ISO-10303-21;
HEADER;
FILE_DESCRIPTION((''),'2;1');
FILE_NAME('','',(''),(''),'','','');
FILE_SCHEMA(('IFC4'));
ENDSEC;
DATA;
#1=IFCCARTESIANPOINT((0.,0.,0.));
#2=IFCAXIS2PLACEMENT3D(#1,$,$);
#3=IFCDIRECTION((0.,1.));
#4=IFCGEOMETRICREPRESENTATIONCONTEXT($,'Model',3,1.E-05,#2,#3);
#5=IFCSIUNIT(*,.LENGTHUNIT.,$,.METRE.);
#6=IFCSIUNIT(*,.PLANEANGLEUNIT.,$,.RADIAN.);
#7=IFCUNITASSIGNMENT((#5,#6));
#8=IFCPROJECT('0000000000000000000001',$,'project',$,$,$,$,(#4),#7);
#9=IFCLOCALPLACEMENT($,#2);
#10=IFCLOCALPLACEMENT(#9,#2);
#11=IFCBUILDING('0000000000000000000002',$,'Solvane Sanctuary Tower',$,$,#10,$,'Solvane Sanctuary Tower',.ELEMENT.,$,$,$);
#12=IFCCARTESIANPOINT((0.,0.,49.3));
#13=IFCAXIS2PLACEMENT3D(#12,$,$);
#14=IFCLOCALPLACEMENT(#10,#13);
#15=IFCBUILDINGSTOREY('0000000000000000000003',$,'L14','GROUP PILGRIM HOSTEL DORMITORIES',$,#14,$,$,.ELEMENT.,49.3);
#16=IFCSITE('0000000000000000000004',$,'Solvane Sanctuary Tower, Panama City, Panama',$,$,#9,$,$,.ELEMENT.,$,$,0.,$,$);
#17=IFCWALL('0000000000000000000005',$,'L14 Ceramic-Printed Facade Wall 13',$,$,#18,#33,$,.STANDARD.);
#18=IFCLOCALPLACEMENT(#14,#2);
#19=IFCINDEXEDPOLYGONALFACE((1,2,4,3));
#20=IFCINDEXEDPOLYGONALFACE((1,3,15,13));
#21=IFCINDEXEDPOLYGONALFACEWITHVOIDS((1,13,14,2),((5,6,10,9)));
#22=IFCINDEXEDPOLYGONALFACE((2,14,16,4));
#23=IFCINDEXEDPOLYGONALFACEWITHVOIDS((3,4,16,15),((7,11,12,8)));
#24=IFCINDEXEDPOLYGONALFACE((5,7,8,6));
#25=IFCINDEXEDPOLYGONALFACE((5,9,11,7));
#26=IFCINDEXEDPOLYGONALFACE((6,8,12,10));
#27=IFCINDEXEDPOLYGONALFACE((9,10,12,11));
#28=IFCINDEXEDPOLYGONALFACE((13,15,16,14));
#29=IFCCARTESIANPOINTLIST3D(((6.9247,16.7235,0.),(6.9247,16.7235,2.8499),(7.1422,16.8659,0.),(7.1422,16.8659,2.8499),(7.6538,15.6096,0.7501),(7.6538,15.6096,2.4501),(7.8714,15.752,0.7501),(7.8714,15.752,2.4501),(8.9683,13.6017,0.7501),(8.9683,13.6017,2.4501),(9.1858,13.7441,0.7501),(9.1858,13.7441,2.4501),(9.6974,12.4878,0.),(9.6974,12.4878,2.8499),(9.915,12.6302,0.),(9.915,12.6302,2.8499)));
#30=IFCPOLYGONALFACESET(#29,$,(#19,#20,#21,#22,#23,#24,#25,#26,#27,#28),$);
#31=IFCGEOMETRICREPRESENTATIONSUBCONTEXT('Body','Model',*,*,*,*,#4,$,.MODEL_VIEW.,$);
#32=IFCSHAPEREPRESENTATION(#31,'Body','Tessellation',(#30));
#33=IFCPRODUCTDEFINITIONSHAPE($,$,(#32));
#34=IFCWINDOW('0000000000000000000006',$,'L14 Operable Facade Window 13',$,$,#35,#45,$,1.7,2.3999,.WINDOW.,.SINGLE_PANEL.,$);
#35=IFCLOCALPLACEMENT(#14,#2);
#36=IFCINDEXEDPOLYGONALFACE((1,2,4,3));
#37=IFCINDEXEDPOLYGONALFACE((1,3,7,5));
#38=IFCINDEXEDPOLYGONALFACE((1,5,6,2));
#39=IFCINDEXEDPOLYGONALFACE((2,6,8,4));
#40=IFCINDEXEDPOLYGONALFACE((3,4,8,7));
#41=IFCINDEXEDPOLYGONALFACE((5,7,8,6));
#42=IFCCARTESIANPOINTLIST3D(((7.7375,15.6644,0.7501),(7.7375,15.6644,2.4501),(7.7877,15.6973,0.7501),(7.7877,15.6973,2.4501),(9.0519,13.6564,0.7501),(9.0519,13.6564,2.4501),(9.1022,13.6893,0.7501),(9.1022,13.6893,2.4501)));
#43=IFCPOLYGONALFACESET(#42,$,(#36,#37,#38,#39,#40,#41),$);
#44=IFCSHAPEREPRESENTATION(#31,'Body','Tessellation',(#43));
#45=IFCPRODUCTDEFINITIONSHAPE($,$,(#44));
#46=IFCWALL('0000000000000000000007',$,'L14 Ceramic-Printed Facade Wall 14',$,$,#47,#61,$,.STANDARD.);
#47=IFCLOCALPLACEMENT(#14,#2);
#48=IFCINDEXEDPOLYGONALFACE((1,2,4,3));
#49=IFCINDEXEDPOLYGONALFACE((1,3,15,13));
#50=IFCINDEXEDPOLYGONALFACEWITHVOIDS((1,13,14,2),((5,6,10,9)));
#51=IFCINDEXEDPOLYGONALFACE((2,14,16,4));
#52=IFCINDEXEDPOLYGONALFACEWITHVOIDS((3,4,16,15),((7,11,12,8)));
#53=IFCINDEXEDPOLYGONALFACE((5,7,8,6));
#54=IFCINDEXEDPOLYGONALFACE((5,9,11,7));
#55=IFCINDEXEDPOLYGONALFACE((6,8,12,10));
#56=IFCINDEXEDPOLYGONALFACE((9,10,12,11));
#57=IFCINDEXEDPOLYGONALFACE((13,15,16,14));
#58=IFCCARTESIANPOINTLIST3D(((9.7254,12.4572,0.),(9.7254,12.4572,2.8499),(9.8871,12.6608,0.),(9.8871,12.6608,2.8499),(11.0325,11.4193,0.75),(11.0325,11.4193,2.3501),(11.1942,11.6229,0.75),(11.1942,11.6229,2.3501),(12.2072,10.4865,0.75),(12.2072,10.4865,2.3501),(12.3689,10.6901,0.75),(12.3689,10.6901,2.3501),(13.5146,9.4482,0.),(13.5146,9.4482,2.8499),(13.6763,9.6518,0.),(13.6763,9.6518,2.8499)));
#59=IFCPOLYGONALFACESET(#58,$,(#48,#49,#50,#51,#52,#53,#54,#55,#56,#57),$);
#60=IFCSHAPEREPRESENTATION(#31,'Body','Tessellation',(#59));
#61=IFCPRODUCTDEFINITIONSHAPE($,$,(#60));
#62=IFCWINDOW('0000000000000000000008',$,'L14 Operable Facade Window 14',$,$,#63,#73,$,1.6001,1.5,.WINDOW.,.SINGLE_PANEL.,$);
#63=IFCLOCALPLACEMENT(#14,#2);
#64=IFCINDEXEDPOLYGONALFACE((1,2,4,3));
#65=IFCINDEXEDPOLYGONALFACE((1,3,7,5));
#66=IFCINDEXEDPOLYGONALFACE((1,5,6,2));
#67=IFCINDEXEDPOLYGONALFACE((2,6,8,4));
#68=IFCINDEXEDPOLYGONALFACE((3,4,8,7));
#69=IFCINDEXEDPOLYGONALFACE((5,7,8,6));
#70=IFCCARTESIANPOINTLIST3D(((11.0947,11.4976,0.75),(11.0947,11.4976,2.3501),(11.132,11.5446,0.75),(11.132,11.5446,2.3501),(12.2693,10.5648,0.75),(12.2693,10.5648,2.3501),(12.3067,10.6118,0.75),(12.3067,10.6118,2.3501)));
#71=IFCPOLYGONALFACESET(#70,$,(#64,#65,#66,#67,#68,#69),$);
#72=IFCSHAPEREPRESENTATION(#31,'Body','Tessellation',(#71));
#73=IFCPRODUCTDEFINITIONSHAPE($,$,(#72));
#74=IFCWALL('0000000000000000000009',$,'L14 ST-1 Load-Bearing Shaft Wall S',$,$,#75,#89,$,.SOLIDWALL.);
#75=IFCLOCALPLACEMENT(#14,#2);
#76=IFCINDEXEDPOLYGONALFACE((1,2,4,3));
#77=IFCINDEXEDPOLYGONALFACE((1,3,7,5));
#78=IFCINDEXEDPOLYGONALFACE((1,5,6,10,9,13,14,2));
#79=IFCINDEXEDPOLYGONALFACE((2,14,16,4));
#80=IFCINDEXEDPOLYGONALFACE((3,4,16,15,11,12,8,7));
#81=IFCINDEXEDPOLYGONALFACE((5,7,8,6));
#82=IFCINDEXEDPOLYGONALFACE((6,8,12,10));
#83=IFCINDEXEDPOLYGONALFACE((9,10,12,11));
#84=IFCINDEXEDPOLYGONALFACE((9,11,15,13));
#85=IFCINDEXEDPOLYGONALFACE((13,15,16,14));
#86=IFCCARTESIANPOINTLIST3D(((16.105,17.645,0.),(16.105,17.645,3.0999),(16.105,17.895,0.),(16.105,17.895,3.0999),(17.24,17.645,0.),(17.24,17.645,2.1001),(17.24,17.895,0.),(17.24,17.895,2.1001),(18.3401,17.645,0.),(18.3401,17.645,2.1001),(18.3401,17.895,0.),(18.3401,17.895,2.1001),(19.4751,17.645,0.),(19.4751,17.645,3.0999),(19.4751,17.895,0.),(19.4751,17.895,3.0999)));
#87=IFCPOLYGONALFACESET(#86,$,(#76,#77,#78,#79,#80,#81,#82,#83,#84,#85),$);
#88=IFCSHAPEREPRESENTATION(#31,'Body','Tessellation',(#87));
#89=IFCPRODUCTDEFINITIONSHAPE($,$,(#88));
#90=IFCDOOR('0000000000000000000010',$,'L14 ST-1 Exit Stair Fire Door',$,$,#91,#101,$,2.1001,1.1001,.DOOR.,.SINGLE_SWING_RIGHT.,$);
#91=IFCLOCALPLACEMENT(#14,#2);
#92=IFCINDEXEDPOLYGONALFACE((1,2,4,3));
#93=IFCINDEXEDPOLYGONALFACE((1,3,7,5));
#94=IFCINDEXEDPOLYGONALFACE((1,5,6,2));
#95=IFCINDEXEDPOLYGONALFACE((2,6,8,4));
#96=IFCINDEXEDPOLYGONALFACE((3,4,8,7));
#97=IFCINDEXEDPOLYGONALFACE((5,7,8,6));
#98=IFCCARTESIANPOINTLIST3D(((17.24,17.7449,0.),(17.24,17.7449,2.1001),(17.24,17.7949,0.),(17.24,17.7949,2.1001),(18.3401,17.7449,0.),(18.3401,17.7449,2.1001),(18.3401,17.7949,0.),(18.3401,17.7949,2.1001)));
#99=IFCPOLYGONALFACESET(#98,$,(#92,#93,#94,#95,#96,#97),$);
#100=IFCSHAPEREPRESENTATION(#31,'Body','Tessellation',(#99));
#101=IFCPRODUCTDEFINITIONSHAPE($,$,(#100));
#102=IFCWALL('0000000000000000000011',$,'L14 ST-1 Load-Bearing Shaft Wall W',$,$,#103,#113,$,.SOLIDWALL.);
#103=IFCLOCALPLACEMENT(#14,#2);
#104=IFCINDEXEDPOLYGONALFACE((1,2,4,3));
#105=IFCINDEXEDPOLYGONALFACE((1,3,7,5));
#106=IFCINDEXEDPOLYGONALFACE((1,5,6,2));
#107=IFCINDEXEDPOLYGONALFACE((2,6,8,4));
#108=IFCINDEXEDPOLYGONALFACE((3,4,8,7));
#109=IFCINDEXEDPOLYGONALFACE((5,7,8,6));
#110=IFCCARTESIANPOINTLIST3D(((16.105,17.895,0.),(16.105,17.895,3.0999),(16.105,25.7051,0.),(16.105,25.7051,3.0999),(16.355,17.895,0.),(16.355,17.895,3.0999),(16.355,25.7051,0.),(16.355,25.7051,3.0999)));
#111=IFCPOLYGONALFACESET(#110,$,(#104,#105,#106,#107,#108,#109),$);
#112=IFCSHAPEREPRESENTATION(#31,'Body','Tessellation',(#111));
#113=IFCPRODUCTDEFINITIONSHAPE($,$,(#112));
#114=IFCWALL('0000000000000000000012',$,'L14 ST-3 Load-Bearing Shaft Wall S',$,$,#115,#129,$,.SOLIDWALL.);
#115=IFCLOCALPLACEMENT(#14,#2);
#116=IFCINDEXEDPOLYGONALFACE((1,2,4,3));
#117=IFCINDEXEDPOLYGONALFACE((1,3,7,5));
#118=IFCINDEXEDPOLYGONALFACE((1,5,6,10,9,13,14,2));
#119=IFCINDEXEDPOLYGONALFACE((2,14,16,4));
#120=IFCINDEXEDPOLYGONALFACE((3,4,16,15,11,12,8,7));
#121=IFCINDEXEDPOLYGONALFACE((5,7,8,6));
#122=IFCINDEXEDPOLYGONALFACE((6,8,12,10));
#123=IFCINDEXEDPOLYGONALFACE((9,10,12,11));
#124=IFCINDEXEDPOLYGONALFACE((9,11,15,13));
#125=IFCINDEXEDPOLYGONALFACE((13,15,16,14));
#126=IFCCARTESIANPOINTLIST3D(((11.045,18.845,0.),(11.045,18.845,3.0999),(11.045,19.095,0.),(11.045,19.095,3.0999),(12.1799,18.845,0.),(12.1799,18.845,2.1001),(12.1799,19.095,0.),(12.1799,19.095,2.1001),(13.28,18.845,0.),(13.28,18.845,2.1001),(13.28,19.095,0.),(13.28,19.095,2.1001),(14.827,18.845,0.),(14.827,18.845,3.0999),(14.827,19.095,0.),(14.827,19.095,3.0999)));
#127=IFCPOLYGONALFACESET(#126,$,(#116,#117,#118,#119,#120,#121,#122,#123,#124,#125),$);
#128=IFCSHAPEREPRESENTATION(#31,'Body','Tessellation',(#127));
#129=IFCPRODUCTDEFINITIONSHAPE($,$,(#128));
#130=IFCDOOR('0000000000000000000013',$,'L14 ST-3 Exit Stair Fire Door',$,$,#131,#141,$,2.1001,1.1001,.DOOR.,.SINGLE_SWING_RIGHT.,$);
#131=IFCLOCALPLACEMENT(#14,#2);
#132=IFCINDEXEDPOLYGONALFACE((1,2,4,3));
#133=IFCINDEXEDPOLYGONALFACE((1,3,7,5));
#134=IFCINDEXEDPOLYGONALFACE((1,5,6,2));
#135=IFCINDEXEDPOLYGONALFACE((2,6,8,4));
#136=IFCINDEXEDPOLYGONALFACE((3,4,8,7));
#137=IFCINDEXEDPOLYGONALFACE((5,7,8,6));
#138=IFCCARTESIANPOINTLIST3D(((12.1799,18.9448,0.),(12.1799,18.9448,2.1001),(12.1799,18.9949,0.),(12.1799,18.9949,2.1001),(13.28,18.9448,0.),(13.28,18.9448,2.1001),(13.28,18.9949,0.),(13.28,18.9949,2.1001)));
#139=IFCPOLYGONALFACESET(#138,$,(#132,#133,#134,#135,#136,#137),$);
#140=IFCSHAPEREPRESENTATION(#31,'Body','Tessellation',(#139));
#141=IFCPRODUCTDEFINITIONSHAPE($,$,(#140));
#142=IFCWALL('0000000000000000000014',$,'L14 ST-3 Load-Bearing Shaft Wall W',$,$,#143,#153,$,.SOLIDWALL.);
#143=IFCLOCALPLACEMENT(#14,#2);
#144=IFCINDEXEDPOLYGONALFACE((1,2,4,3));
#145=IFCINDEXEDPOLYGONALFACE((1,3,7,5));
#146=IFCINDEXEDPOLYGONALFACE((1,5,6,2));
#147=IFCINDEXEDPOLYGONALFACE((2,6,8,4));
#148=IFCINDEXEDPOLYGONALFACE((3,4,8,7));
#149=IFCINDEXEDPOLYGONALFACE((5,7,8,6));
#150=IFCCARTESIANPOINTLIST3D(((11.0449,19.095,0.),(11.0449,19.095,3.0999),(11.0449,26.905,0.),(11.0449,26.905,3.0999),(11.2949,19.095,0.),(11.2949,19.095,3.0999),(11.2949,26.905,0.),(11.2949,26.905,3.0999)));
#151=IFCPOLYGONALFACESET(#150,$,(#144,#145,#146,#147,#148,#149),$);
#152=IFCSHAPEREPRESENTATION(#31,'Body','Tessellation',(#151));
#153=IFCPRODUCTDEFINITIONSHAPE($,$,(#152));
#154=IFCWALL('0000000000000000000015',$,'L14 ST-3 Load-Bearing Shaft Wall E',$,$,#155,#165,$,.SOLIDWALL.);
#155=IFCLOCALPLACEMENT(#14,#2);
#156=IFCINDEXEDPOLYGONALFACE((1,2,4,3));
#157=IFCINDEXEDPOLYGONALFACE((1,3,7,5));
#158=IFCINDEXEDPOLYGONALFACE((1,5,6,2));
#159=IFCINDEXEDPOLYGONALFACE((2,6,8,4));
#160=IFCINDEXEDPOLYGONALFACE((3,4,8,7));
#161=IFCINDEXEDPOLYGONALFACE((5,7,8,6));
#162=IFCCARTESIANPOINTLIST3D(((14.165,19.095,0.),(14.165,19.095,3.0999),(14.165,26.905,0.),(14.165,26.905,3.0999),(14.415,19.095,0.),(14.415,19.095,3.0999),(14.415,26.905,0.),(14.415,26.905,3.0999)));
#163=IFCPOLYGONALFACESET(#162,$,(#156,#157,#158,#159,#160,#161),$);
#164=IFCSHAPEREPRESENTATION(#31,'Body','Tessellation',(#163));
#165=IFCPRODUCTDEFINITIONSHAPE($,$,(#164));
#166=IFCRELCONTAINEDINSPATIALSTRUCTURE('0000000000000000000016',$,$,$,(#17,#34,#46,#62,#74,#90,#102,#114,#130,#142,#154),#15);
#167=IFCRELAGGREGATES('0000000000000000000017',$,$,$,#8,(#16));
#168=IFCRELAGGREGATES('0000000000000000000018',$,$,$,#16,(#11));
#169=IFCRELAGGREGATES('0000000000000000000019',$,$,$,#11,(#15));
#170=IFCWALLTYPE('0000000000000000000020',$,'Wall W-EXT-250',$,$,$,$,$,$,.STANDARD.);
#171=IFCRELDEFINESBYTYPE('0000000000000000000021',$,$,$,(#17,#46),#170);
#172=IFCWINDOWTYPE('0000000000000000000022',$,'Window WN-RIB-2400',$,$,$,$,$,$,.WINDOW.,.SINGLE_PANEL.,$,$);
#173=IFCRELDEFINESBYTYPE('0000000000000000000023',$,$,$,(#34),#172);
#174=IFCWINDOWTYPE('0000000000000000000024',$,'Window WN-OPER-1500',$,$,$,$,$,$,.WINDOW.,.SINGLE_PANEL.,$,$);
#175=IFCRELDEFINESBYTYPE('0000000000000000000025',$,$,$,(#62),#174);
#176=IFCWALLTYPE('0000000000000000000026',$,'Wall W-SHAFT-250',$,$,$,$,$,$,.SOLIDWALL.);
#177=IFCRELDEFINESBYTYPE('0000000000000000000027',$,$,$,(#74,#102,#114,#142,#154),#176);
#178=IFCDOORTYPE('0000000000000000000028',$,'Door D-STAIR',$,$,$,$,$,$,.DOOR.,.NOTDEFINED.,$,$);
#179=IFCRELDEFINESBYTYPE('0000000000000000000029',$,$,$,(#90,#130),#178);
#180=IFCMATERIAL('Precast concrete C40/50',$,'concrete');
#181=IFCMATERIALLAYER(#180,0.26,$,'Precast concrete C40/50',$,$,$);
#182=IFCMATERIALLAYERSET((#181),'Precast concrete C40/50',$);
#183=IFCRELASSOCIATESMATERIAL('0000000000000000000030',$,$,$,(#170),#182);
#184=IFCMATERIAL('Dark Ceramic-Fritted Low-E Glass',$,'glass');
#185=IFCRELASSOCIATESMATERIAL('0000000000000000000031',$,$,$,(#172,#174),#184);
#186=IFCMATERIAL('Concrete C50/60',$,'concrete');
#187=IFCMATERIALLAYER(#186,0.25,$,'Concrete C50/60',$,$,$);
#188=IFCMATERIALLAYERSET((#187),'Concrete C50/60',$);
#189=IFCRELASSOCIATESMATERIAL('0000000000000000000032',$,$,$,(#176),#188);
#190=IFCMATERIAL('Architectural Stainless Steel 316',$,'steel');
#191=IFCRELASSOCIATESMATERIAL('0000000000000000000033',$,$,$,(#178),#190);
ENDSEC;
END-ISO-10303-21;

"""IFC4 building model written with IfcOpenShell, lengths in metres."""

from ifc_helpers import new_model, si_unit, direction, frame, frame_2d, origin, place, context, subcontext, project, spatial, rectangle, extrude, material, layer, layer_set, type_object, element, fill, save


model = new_model("IFC4")

# Units and contexts
model_context = context("Model", 3, precision=1e-05, world=origin(), true_north=direction((0.0, 1.0)))
body_context = subcontext(model_context, "Body", "Model", "MODEL_VIEW")
ifc_project = project(units=[si_unit("LENGTHUNIT", "METRE"), si_unit("PLANEANGLEUNIT", "RADIAN")], contexts=[model_context])

# Site, building, storey
site_placement = place(None, origin())
site = spatial("IfcSite", under=ifc_project, at=site_placement, Name="Solvane Sanctuary Tower, Panama City, Panama", CompositionType="ELEMENT", RefElevation=0.0)
building_placement = place(site_placement, origin())
building = spatial("IfcBuilding", under=site, at=building_placement, Name="Solvane Sanctuary Tower", LongName="Solvane Sanctuary Tower", CompositionType="ELEMENT")
storey_placement = place(building_placement, frame((0.0, 0.0, 49.3)))
storey = spatial("IfcBuildingStorey", under=building, at=storey_placement, Name="L14", Description="GROUP PILGRIM HOSTEL DORMITORIES", CompositionType="ELEMENT", Elevation=49.3)

# Walls, openings, windows
ifc_material_1 = material(Name="Precast concrete C40/50", Category="concrete")
ifc_layer_1 = layer(ifc_material_1, 0.26, Name="Precast concrete C40/50")
ifc_layer_set_1 = layer_set([ifc_layer_1], Name="Precast concrete C40/50")
wall_type_1 = type_object("IfcWallType", Name="Wall W-EXT-250", PredefinedType="STANDARD", material=ifc_layer_set_1)
wall_1_placement = place(storey_placement, frame((7.0334, 16.7947, 0.0), z_axis=(0.0, 0.0, 1.0), x_axis=(0.547703, -0.836673, 0.0)))
wall_1 = element("IfcWall", 1, at=wall_1_placement, inside=storey, type_object=wall_type_1, Name="L14 Ceramic-Printed Facade Wall 13", PredefinedType="STANDARD", context=body_context, shape_type="SweptSolid", body=[
    extrude(rectangle(XDim=5.0625, YDim=0.26, at=frame_2d((2.5312, 0.0))), origin(), (0.0, 0.0, 1.0), 2.8499),
])
opening_1_placement = place(wall_1_placement, frame((1.3313, 0.0, 0.75)))
opening_1 = element("IfcOpeningElement", 2, at=opening_1_placement, cuts=wall_1, PredefinedType="OPENING", context=body_context, shape_type="SweptSolid", body=[
    extrude(rectangle(XDim=2.3999, YDim=1.7, at=frame_2d((1.2, 0.8501))), frame((0.0, 0.1399, 0.0), z_axis=(0.0, -1.0, 0.0), x_axis=(1.0, 0.0, 0.0)), (0.0, 0.0, 1.0), 0.28),
])
ifc_material_2 = material(Name="Dark Ceramic-Fritted Low-E Glass", Category="glass")
window_type_1 = type_object("IfcWindowType", Name="Window WN-RIB-2400", PartitioningType="SINGLE_PANEL", PredefinedType="WINDOW", material=ifc_material_2)
window_1_placement = place(opening_1_placement, origin())
window_1 = element("IfcWindow", 3, at=window_1_placement, inside=storey, type_object=window_type_1, Name="L14 Operable Facade Window 13", OverallHeight=1.7, OverallWidth=2.3999, PartitioningType="SINGLE_PANEL", PredefinedType="WINDOW", context=body_context, shape_type="SweptSolid", body=[
    extrude(rectangle(XDim=2.3999, YDim=1.7, at=frame_2d((1.2, 0.8501))), frame((0.0, 0.03, 0.0), z_axis=(0.0, -1.0, 0.0), x_axis=(1.0, 0.0, 0.0)), (0.0, 0.0, 1.0), 0.0601),
])
fill(opening_1, window_1)
wall_2_placement = place(storey_placement, frame((9.8062, 12.5591, 0.0), z_axis=(0.0, 0.0, 1.0), x_axis=(0.783123, -0.621867, 0.0)))
wall_2 = element("IfcWall", 4, at=wall_2_placement, inside=storey, type_object=wall_type_1, Name="L14 Ceramic-Printed Facade Wall 14", PredefinedType="STANDARD", context=body_context, shape_type="SweptSolid", body=[
    extrude(rectangle(XDim=4.8386, YDim=0.26, at=frame_2d((2.4194, 0.0))), origin(), (0.0, 0.0, 1.0), 2.8499),
])
opening_2_placement = place(wall_2_placement, frame((1.6692, 0.0, 0.75)))
opening_2 = element("IfcOpeningElement", 5, at=opening_2_placement, cuts=wall_2, PredefinedType="OPENING", context=body_context, shape_type="SweptSolid", body=[
    extrude(rectangle(XDim=1.5, YDim=1.6001, at=frame_2d((0.75, 0.8))), frame((0.0, 0.1399, 0.0), z_axis=(0.0, -1.0, 0.0), x_axis=(1.0, 0.0, 0.0)), (0.0, 0.0, 1.0), 0.28),
])
window_type_2 = type_object("IfcWindowType", Name="Window WN-OPER-1500", PartitioningType="SINGLE_PANEL", PredefinedType="WINDOW", material=ifc_material_2)
window_2_placement = place(opening_2_placement, origin())
window_2 = element("IfcWindow", 6, at=window_2_placement, inside=storey, type_object=window_type_2, Name="L14 Operable Facade Window 14", OverallHeight=1.6001, OverallWidth=1.5, PartitioningType="SINGLE_PANEL", PredefinedType="WINDOW", context=body_context, shape_type="SweptSolid", body=[
    extrude(rectangle(XDim=1.5, YDim=1.6001, at=frame_2d((0.75, 0.8))), frame((0.0, 0.03, 0.0), z_axis=(0.0, -1.0, 0.0), x_axis=(1.0, 0.0, 0.0)), (0.0, 0.0, 1.0), 0.0601),
])
fill(opening_2, window_2)

# Wall, opening, door
ifc_material_3 = material(Name="Concrete C50/60", Category="concrete")
ifc_layer_2 = layer(ifc_material_3, 0.25, Name="Concrete C50/60")
ifc_layer_set_2 = layer_set([ifc_layer_2], Name="Concrete C50/60")
wall_type_2 = type_object("IfcWallType", Name="Wall W-SHAFT-250", PredefinedType="SOLIDWALL", material=ifc_layer_set_2)
wall_3_placement = place(storey_placement, frame((16.105, 17.77, 0.0), z_axis=(0.0, 0.0, 1.0), x_axis=(1.0, 0.0, 0.0)))
wall_3 = element("IfcWall", 7, at=wall_3_placement, inside=storey, type_object=wall_type_2, Name="L14 ST-1 Load-Bearing Shaft Wall S", PredefinedType="SOLIDWALL", context=body_context, shape_type="SweptSolid", body=[
    extrude(rectangle(XDim=3.3701, YDim=0.25, at=frame_2d((1.6851, 0.0))), origin(), (0.0, 0.0, 1.0), 3.0999),
])
opening_3_placement = place(wall_3_placement, frame((1.135, 0.0, 0.0)))
opening_3 = element("IfcOpeningElement", 8, at=opening_3_placement, cuts=wall_3, PredefinedType="OPENING", context=body_context, shape_type="SweptSolid", body=[
    extrude(rectangle(XDim=1.1001, YDim=2.1001, at=frame_2d((0.55, 1.05))), frame((0.0, 0.135, 0.0), z_axis=(0.0, -1.0, 0.0), x_axis=(1.0, 0.0, 0.0)), (0.0, 0.0, 1.0), 0.27),
])
ifc_material_4 = material(Name="Architectural Stainless Steel 316", Category="steel")
door_type_1 = type_object("IfcDoorType", Name="Door D-STAIR", OperationType="NOTDEFINED", PredefinedType="DOOR", material=ifc_material_4)
door_1_placement = place(opening_3_placement, origin())
door_1 = element("IfcDoor", 9, at=door_1_placement, inside=storey, type_object=door_type_1, Name="L14 ST-1 Exit Stair Fire Door", OperationType="SINGLE_SWING_RIGHT", OverallHeight=2.1001, OverallWidth=1.1001, PredefinedType="DOOR", context=body_context, shape_type="SweptSolid", body=[
    extrude(rectangle(XDim=1.1001, YDim=2.1001, at=frame_2d((0.55, 1.05))), frame((0.0, 0.0249, 0.0), z_axis=(0.0, -1.0, 0.0), x_axis=(1.0, 0.0, 0.0)), (0.0, 0.0, 1.0), 0.05),
])
fill(opening_3, door_1)

# Wall
wall_4_placement = place(storey_placement, frame((16.23, 17.895, 0.0), z_axis=(0.0, 0.0, 1.0), x_axis=(0.0, 1.0, 0.0)))
element("IfcWall", 10, at=wall_4_placement, inside=storey, type_object=wall_type_2, Name="L14 ST-1 Load-Bearing Shaft Wall W", PredefinedType="SOLIDWALL", context=body_context, shape_type="SweptSolid", body=[
    extrude(rectangle(XDim=7.8101, YDim=0.25, at=frame_2d((3.905, 0.0))), origin(), (0.0, 0.0, 1.0), 3.0999),
])

# Wall, opening, door
wall_5_placement = place(storey_placement, frame((11.0449, 18.97, 0.0), z_axis=(0.0, 0.0, 1.0), x_axis=(1.0, 0.0, 0.0)))
wall_5 = element("IfcWall", 11, at=wall_5_placement, inside=storey, type_object=wall_type_2, Name="L14 ST-3 Load-Bearing Shaft Wall S", PredefinedType="SOLIDWALL", context=body_context, shape_type="SweptSolid", body=[
    extrude(rectangle(XDim=3.782, YDim=0.25, at=frame_2d((1.8911, 0.0))), origin(), (0.0, 0.0, 1.0), 3.0999),
])
opening_4_placement = place(wall_5_placement, frame((1.135, 0.0, 0.0)))
opening_4 = element("IfcOpeningElement", 12, at=opening_4_placement, cuts=wall_5, PredefinedType="OPENING", context=body_context, shape_type="SweptSolid", body=[
    extrude(rectangle(XDim=1.1001, YDim=2.1001, at=frame_2d((0.55, 1.05))), frame((0.0, 0.135, 0.0), z_axis=(0.0, -1.0, 0.0), x_axis=(1.0, 0.0, 0.0)), (0.0, 0.0, 1.0), 0.27),
])
door_2_placement = place(opening_4_placement, origin())
door_2 = element("IfcDoor", 13, at=door_2_placement, inside=storey, type_object=door_type_1, Name="L14 ST-3 Exit Stair Fire Door", OperationType="SINGLE_SWING_RIGHT", OverallHeight=2.1001, OverallWidth=1.1001, PredefinedType="DOOR", context=body_context, shape_type="SweptSolid", body=[
    extrude(rectangle(XDim=1.1001, YDim=2.1001, at=frame_2d((0.55, 1.05))), frame((0.0, 0.0249, 0.0), z_axis=(0.0, -1.0, 0.0), x_axis=(1.0, 0.0, 0.0)), (0.0, 0.0, 1.0), 0.05),
])
fill(opening_4, door_2)

# Walls
for number, where, z_axis, x_axis, name in (
    (14, (11.1699, 19.095, 0.0), (0.0, 0.0, 1.0), (0.0, 1.0, 0.0), "L14 ST-3 Load-Bearing Shaft Wall W"),
    (15, (14.29, 19.095, 0.0), (0.0, 0.0, 1.0), (0.0, 1.0, 0.0), "L14 ST-3 Load-Bearing Shaft Wall E"),
):
    element("IfcWall", number, at=place(storey_placement, frame(where, z_axis=z_axis, x_axis=x_axis)), inside=storey, type_object=wall_type_2, Name=name, PredefinedType="SOLIDWALL", context=body_context, shape_type="SweptSolid", body=[
        extrude(rectangle(XDim=7.8101, YDim=0.25, at=frame_2d((3.905, 0.0))), origin(), (0.0, 0.0, 1.0), 3.0999),
    ])

save(model, "model.ifc")
